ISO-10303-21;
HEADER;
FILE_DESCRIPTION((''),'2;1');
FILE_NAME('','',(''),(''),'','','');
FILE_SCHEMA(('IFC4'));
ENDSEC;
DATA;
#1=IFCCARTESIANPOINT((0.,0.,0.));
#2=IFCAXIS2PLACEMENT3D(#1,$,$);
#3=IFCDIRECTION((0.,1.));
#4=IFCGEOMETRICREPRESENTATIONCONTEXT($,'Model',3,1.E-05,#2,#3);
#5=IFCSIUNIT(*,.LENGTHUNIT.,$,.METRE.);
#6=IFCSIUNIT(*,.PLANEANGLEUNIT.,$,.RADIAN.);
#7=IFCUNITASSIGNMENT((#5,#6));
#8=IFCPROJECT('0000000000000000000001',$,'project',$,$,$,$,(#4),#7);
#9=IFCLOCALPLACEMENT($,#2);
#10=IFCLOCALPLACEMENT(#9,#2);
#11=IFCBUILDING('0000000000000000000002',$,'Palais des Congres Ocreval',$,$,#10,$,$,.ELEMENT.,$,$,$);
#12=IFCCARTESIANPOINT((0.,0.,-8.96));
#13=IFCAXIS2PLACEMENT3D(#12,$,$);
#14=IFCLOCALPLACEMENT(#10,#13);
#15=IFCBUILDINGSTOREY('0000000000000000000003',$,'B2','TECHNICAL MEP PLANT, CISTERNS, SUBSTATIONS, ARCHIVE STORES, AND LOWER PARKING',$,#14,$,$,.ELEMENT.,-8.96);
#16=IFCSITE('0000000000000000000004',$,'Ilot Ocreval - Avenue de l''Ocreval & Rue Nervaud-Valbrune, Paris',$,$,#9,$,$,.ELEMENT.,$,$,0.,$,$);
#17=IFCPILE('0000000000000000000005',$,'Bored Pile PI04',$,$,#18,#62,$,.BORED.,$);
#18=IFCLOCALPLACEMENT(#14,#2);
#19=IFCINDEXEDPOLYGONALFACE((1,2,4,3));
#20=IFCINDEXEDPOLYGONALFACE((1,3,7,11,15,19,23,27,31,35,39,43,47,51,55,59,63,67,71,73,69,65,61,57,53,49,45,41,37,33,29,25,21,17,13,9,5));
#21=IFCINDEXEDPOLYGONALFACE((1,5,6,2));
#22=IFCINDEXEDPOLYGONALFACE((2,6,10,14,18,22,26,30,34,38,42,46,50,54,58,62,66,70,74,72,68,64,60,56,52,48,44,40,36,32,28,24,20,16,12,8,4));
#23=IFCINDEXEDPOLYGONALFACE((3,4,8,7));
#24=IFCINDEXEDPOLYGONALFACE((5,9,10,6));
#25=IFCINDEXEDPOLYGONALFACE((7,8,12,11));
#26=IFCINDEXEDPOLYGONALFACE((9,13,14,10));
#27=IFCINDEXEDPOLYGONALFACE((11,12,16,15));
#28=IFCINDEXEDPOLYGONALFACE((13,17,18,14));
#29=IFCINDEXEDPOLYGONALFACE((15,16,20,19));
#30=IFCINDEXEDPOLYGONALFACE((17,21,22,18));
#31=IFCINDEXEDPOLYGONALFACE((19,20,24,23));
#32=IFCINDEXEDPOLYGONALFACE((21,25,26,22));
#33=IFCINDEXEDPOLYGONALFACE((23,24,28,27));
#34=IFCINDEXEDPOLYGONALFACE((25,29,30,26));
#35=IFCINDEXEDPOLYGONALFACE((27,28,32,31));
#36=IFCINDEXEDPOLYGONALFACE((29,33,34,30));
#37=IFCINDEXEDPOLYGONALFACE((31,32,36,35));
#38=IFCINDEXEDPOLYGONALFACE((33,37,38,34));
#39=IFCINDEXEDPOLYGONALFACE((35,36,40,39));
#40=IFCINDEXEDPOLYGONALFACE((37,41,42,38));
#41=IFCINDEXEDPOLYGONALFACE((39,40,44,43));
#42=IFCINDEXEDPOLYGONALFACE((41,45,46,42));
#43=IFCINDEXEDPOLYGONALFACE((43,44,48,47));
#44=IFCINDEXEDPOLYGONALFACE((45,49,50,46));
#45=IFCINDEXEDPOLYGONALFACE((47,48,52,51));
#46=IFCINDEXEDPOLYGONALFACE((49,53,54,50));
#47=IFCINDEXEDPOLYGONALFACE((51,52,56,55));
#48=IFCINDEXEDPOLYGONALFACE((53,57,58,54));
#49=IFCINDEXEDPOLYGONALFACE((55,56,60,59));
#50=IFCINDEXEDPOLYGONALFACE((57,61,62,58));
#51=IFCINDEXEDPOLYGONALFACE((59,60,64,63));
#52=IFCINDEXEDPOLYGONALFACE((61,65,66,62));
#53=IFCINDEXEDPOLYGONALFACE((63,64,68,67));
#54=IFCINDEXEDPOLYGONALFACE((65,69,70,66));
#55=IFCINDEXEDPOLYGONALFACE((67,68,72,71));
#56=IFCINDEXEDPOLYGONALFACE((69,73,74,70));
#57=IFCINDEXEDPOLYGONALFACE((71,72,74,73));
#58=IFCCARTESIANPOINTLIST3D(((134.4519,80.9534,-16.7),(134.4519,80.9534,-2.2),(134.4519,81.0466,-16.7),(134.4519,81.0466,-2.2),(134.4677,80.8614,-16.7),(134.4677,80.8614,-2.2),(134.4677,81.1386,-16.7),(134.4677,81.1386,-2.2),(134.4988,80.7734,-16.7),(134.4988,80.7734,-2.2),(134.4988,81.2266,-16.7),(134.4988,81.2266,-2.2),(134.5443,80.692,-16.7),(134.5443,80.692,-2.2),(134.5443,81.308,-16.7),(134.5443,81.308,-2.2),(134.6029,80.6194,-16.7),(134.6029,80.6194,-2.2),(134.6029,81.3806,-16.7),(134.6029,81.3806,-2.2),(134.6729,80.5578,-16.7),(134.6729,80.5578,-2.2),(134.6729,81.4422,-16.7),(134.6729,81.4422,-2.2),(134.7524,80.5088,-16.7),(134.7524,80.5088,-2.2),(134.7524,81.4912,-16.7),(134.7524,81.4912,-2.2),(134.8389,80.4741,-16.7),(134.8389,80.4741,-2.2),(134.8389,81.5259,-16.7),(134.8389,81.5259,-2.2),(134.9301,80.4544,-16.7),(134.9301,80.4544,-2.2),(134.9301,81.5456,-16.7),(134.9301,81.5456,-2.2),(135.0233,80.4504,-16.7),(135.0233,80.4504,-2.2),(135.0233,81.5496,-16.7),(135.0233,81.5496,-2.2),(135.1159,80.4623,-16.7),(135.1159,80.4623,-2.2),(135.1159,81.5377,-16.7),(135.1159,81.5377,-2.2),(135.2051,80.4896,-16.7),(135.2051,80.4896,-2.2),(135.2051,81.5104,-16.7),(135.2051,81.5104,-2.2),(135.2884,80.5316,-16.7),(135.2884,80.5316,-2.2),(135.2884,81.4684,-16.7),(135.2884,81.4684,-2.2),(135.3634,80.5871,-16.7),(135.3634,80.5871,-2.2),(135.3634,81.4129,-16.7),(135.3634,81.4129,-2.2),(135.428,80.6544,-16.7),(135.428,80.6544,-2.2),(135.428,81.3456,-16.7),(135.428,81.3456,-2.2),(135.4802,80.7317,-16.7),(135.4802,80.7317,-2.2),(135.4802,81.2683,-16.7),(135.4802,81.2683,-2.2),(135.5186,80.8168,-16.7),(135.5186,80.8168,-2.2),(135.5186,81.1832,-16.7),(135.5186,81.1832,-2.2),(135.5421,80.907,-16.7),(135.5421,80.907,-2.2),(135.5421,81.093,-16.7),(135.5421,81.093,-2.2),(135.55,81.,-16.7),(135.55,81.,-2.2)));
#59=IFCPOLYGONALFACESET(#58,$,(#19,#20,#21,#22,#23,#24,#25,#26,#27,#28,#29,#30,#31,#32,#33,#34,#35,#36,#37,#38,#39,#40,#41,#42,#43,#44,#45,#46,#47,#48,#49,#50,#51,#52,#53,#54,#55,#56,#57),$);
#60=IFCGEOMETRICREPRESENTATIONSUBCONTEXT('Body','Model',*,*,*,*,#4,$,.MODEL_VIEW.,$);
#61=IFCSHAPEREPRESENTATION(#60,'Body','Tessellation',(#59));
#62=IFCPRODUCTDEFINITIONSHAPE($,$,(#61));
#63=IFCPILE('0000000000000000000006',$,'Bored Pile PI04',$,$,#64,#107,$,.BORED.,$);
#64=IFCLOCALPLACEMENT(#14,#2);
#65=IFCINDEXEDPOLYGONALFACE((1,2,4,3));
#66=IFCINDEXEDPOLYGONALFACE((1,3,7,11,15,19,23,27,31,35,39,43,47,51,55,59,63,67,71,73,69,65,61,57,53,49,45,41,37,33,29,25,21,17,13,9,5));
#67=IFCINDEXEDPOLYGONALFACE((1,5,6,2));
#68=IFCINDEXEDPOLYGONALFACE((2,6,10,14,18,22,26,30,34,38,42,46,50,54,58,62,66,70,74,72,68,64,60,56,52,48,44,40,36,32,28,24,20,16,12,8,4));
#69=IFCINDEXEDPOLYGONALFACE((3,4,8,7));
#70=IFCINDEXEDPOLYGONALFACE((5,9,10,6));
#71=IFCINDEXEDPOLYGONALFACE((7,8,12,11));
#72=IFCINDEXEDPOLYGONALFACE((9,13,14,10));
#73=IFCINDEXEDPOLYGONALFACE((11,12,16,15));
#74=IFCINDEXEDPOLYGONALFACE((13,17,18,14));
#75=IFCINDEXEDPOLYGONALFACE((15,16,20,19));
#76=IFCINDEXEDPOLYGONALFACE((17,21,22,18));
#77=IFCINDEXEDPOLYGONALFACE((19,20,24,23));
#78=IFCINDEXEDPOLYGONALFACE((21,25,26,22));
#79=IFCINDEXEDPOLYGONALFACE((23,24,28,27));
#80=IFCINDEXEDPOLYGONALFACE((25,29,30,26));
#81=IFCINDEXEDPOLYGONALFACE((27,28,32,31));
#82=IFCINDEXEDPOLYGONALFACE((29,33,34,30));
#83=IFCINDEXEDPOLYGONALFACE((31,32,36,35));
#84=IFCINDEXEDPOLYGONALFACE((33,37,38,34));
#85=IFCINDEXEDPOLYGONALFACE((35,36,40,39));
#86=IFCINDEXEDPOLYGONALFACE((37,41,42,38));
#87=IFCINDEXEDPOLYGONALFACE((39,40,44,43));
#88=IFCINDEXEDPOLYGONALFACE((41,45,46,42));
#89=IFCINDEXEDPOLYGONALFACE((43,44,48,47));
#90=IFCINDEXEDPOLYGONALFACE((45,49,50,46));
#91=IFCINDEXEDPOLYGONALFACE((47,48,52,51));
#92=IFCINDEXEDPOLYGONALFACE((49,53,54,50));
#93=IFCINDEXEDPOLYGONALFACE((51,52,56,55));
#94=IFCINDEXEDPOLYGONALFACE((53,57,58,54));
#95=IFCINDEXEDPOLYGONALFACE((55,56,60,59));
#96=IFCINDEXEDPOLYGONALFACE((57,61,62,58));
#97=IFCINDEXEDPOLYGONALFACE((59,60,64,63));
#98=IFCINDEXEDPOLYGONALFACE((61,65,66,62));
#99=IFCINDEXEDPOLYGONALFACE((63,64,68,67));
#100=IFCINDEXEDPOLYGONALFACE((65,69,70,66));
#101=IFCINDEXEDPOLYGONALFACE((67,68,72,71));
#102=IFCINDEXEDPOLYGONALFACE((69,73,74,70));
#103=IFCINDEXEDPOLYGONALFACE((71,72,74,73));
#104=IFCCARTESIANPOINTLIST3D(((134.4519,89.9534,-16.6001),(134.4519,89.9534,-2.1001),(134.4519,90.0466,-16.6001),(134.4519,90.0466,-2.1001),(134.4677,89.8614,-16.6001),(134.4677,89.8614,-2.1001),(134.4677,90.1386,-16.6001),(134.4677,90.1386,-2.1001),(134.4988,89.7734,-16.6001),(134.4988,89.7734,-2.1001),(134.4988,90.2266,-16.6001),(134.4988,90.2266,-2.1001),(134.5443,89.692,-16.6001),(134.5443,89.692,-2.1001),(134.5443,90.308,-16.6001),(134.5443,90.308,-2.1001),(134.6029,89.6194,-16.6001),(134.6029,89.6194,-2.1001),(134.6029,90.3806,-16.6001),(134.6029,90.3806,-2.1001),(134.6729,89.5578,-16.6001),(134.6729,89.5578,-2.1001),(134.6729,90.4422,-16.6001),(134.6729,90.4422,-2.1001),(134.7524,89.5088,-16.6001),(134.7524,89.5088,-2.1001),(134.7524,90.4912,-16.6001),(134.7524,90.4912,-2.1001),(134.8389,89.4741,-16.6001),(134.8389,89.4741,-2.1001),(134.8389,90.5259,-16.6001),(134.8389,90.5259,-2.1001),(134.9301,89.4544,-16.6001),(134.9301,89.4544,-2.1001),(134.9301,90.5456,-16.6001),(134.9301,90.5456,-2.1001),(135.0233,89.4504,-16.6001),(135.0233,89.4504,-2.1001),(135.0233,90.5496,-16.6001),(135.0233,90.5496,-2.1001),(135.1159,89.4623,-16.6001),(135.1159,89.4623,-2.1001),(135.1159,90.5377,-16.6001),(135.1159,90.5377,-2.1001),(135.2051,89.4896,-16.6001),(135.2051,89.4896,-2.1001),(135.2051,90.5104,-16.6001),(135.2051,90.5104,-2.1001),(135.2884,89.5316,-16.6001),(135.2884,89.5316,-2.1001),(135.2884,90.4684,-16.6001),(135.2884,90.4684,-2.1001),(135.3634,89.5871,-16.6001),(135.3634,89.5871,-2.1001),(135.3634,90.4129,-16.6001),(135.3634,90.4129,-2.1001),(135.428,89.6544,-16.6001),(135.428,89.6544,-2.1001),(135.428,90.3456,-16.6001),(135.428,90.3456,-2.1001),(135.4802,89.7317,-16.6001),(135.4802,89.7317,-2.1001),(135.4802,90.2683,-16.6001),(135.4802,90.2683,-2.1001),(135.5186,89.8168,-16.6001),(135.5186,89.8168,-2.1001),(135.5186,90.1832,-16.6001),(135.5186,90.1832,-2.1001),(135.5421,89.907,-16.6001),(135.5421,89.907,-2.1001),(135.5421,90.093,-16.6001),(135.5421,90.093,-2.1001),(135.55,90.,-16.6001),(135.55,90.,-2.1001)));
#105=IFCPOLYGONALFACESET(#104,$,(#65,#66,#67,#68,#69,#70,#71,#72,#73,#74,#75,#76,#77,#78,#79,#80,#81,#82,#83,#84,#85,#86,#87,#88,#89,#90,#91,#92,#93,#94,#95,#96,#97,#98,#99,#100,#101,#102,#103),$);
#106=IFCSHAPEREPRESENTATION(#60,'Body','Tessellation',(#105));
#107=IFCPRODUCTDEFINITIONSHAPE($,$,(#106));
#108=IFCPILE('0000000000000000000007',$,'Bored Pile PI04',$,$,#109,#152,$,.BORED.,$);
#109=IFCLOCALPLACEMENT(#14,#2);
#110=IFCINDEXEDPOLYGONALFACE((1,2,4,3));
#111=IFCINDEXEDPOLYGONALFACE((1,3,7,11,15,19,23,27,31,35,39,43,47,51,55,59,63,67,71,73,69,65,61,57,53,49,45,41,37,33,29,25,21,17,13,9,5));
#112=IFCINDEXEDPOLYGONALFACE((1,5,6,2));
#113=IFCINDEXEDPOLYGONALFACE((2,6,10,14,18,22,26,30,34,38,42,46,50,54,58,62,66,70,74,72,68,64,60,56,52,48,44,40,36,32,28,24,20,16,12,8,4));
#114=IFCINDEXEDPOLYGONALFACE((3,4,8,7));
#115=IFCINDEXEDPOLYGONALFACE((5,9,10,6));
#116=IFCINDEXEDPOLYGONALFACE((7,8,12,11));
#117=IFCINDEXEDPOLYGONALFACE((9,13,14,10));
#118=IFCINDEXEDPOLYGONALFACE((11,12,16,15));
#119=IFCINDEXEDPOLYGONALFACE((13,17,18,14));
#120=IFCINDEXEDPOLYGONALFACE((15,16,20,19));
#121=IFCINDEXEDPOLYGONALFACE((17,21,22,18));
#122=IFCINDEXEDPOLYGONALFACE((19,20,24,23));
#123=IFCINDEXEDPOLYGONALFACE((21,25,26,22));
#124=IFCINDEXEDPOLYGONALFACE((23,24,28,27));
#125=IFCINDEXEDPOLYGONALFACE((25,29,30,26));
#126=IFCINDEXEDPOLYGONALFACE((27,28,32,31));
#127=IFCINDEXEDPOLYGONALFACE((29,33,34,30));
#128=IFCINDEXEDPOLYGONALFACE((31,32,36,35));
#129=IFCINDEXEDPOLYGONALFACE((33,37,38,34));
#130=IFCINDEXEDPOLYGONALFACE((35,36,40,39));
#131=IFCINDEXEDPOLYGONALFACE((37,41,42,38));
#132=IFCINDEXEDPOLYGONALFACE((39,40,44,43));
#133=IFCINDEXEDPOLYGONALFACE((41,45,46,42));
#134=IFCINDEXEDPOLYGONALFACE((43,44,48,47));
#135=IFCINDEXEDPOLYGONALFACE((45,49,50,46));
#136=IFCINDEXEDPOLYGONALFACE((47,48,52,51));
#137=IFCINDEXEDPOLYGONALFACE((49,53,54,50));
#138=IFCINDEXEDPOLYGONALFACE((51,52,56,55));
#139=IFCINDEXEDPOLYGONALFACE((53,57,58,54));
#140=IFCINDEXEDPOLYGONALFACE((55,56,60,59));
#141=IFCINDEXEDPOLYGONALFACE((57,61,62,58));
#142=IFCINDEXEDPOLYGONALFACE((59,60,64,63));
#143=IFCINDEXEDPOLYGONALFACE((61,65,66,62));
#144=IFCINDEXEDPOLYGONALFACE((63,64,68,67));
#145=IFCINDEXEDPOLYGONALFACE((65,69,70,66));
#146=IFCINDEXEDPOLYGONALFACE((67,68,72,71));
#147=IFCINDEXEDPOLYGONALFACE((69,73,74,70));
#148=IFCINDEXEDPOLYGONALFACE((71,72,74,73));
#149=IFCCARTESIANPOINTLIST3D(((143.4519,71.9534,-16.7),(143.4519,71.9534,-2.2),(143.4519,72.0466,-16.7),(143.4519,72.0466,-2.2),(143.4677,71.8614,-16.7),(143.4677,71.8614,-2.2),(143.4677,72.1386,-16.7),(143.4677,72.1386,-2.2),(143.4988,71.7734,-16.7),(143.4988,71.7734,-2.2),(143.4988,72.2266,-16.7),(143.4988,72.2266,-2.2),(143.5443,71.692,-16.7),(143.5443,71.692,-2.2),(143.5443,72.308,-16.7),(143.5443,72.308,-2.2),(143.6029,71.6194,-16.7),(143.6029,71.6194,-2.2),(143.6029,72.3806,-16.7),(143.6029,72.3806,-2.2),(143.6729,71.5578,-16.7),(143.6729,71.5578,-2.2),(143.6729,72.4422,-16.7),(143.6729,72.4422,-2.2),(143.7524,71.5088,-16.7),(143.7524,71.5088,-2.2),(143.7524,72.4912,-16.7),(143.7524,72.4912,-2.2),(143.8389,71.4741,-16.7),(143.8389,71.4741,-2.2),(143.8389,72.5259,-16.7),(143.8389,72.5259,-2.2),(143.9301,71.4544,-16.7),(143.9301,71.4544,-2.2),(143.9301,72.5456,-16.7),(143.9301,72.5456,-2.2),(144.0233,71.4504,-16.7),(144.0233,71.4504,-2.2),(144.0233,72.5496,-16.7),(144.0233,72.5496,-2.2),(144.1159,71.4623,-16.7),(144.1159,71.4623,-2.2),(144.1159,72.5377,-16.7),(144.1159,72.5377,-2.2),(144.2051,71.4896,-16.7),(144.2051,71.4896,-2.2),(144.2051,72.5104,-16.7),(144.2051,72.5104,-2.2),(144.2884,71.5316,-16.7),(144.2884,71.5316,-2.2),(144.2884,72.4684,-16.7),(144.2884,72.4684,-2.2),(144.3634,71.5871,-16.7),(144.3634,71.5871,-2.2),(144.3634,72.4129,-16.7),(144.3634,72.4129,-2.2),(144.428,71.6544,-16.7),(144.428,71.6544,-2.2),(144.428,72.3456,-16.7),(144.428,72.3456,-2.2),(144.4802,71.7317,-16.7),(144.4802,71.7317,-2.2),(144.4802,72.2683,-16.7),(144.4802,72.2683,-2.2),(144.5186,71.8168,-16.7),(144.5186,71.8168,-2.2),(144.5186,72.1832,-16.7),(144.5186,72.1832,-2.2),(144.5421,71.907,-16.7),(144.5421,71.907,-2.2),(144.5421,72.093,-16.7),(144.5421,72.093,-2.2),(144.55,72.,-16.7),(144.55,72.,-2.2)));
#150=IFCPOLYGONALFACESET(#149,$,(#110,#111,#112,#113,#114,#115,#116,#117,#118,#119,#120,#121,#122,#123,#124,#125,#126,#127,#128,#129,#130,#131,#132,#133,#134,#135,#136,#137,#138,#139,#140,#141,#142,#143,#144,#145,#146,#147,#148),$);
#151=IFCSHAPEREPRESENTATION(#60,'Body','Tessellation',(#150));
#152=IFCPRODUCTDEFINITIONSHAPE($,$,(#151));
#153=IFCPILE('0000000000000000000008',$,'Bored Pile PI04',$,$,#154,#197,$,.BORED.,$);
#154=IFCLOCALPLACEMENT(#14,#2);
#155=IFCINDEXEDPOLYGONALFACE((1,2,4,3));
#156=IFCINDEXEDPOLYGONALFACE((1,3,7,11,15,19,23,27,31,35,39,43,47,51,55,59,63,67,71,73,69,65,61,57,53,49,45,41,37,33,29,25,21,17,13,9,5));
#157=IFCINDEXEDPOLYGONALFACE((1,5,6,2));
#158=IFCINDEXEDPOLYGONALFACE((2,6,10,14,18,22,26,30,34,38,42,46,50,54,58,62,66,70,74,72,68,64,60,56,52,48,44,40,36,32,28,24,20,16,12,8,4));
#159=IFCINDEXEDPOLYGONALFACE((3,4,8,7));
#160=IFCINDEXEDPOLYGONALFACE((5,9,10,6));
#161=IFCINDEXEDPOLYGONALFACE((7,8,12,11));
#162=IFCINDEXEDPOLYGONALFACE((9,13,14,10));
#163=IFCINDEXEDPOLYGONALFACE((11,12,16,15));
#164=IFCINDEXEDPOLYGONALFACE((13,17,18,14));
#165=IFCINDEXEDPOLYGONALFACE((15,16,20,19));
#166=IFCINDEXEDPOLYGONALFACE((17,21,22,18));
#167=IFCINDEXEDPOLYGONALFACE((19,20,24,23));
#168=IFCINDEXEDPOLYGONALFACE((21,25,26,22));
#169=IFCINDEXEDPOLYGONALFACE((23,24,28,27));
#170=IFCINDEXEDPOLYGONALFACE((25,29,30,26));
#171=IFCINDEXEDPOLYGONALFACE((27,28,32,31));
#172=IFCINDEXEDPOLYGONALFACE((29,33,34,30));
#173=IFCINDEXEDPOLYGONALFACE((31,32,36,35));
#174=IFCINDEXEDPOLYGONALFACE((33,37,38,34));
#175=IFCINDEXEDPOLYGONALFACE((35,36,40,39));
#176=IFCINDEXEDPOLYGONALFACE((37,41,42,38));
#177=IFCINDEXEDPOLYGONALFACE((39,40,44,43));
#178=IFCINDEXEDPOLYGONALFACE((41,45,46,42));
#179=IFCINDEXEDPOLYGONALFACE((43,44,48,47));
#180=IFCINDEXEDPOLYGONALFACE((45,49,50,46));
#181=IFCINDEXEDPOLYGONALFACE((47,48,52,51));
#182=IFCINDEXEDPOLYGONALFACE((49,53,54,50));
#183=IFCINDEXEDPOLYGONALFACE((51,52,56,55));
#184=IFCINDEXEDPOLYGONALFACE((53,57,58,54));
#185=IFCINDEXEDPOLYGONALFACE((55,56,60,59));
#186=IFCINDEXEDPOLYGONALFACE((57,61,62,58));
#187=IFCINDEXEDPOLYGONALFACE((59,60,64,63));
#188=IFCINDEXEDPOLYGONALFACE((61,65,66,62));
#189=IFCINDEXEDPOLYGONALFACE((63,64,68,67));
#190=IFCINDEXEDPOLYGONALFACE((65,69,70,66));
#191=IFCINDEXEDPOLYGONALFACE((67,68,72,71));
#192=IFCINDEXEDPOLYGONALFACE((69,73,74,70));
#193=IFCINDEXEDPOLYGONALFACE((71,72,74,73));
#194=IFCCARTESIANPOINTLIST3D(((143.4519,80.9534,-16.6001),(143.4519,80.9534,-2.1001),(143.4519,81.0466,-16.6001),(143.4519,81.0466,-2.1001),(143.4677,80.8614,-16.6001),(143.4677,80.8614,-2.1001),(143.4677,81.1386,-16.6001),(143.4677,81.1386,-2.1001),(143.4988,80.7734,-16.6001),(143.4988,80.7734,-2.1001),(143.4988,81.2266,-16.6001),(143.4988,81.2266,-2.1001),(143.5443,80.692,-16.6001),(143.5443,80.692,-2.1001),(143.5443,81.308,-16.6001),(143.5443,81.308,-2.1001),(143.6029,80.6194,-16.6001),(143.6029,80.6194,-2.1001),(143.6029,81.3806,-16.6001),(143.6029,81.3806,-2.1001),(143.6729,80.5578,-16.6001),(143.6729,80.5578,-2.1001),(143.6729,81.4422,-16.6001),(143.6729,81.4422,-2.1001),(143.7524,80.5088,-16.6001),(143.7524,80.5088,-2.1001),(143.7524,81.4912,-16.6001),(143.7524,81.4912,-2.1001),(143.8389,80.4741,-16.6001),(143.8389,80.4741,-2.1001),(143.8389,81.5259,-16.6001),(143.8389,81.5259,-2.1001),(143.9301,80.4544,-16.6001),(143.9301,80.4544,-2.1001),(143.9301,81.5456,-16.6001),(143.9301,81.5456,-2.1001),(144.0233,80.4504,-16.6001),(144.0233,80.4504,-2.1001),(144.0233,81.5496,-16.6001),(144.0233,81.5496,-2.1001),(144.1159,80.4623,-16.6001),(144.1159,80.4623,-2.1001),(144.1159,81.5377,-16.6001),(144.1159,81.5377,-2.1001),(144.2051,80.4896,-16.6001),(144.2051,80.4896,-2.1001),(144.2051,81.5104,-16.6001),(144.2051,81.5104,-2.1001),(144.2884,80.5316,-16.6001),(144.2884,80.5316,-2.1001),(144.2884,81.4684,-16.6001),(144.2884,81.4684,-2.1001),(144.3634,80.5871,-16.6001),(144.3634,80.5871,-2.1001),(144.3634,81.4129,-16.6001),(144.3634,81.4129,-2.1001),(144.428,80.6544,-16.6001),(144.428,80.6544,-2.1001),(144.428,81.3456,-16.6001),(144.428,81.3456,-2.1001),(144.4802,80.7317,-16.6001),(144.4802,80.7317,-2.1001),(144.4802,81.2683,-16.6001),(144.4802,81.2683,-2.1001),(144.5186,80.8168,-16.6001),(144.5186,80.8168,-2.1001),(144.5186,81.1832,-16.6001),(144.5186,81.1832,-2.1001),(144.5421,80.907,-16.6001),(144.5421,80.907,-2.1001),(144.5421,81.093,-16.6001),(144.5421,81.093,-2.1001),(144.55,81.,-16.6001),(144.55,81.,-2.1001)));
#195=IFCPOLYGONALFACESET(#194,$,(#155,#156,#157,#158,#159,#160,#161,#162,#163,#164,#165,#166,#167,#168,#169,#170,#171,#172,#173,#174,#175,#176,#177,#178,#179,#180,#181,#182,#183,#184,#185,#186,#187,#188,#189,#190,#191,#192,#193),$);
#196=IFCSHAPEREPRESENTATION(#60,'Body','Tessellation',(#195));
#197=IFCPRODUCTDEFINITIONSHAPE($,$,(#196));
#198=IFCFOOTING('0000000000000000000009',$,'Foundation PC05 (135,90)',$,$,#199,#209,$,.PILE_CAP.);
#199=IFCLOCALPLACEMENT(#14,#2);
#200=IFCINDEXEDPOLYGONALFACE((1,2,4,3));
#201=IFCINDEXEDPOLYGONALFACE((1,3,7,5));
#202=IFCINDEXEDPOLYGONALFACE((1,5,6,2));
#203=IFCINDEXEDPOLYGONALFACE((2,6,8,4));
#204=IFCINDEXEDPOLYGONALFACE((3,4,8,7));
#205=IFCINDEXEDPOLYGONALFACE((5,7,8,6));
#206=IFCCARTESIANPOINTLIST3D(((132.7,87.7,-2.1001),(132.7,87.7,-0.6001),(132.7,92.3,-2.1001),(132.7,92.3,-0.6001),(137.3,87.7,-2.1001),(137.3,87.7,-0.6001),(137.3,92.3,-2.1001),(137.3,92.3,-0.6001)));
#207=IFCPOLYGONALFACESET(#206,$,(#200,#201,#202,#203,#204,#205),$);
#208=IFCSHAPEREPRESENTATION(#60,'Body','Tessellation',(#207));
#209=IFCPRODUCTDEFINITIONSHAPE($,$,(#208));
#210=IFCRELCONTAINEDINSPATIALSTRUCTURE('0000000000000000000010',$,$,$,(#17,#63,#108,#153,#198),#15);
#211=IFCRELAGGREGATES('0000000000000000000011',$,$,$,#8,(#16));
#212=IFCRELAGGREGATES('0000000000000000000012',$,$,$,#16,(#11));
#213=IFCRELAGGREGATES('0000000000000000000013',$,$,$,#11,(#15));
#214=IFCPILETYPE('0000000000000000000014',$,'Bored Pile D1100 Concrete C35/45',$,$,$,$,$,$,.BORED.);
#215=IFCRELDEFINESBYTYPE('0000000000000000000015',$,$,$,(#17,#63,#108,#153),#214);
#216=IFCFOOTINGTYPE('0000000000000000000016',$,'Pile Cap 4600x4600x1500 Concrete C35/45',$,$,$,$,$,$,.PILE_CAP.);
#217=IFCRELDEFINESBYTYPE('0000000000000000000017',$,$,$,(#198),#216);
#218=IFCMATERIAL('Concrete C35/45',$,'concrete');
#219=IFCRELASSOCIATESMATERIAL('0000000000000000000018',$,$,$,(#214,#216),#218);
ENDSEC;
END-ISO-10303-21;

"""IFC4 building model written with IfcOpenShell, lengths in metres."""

from ifc_helpers import new_model, si_unit, direction, frame, origin, origin_2d, place, context, subcontext, project, spatial, rectangle, circle, extrude, material, material_profile, profile_set, type_object, element, save


model = new_model("IFC4")

# Units and contexts
model_context = context("Model", 3, precision=1e-05, world=origin(), true_north=direction((0.0, 1.0)))
body_context = subcontext(model_context, "Body", "Model", "MODEL_VIEW")
ifc_project = project(units=[si_unit("LENGTHUNIT", "METRE"), si_unit("PLANEANGLEUNIT", "RADIAN")], contexts=[model_context])

# Site, building, storey
site_placement = place(None, origin())
site = spatial("IfcSite", under=ifc_project, at=site_placement, Name="Ilot Ocreval - Avenue de l'Ocreval & Rue Nervaud-Valbrune, Paris", CompositionType="ELEMENT", RefElevation=0.0)
building_placement = place(site_placement, origin())
building = spatial("IfcBuilding", under=site, at=building_placement, Name="Palais des Congres Ocreval", CompositionType="ELEMENT")
storey_placement = place(building_placement, frame((0.0, 0.0, -8.96)))
storey = spatial("IfcBuildingStorey", under=building, at=storey_placement, Name="B2", Description="TECHNICAL MEP PLANT, CISTERNS, SUBSTATIONS, ARCHIVE STORES, AND LOWER PARKING", CompositionType="ELEMENT", Elevation=-8.96)

# Piles
ifc_material_1 = material(Name="Concrete C35/45", Category="concrete")
ifc_material_profile_1 = material_profile(ifc_material_1, circle(Radius=0.55, at=origin_2d()), Name="BORED PILE 1100")
ifc_profile_set_1 = profile_set([ifc_material_profile_1], Name="Concrete C35/45")
pile_type = type_object("IfcPileType", Name="Bored Pile D1100 Concrete C35/45", PredefinedType="BORED", material=ifc_profile_set_1)
for number, where, z_axis, x_axis, name in (
    (1, (135.0, 81.0, -2.2), (0.0, 0.0, -1.0), (1.0, 0.0, 0.0), "Bored Pile PI04"),
    (2, (135.0, 90.0, -2.1001), (0.0, 0.0, -1.0), (1.0, 0.0, 0.0), "Bored Pile PI04"),
    (3, (144.0, 72.0, -2.2), (0.0, 0.0, -1.0), (1.0, 0.0, 0.0), "Bored Pile PI04"),
    (4, (144.0, 81.0, -2.1001), (0.0, 0.0, -1.0), (1.0, 0.0, 0.0), "Bored Pile PI04"),
):
    element("IfcPile", number, at=place(storey_placement, frame(where, z_axis=z_axis, x_axis=x_axis)), inside=storey, type_object=pile_type, Name=name, PredefinedType="BORED", context=body_context, shape_type="SweptSolid", body=[
        extrude(circle(Radius=0.55, at=origin_2d()), origin(), (0.0, 0.0, 1.0), 14.5),
    ])

# Footing
footing_type_1 = type_object("IfcFootingType", Name="Pile Cap 4600x4600x1500 Concrete C35/45", PredefinedType="PILE_CAP", material=ifc_material_1)
for number, where, z_axis, x_axis, name in (
    (5, (135.0, 90.0, -2.1001), (0.0, 0.0, 1.0), (1.0, 0.0, 0.0), "Foundation PC05 (135,90)"),
):
    element("IfcFooting", number, at=place(storey_placement, frame(where, z_axis=z_axis, x_axis=x_axis)), inside=storey, type_object=footing_type_1, Name=name, PredefinedType="PILE_CAP", context=body_context, shape_type="SweptSolid", body=[
        extrude(rectangle(XDim=4.6001, YDim=4.6001, at=origin_2d()), origin(), (0.0, 0.0, 1.0), 1.5),
    ])

save(model, "model.ifc")
